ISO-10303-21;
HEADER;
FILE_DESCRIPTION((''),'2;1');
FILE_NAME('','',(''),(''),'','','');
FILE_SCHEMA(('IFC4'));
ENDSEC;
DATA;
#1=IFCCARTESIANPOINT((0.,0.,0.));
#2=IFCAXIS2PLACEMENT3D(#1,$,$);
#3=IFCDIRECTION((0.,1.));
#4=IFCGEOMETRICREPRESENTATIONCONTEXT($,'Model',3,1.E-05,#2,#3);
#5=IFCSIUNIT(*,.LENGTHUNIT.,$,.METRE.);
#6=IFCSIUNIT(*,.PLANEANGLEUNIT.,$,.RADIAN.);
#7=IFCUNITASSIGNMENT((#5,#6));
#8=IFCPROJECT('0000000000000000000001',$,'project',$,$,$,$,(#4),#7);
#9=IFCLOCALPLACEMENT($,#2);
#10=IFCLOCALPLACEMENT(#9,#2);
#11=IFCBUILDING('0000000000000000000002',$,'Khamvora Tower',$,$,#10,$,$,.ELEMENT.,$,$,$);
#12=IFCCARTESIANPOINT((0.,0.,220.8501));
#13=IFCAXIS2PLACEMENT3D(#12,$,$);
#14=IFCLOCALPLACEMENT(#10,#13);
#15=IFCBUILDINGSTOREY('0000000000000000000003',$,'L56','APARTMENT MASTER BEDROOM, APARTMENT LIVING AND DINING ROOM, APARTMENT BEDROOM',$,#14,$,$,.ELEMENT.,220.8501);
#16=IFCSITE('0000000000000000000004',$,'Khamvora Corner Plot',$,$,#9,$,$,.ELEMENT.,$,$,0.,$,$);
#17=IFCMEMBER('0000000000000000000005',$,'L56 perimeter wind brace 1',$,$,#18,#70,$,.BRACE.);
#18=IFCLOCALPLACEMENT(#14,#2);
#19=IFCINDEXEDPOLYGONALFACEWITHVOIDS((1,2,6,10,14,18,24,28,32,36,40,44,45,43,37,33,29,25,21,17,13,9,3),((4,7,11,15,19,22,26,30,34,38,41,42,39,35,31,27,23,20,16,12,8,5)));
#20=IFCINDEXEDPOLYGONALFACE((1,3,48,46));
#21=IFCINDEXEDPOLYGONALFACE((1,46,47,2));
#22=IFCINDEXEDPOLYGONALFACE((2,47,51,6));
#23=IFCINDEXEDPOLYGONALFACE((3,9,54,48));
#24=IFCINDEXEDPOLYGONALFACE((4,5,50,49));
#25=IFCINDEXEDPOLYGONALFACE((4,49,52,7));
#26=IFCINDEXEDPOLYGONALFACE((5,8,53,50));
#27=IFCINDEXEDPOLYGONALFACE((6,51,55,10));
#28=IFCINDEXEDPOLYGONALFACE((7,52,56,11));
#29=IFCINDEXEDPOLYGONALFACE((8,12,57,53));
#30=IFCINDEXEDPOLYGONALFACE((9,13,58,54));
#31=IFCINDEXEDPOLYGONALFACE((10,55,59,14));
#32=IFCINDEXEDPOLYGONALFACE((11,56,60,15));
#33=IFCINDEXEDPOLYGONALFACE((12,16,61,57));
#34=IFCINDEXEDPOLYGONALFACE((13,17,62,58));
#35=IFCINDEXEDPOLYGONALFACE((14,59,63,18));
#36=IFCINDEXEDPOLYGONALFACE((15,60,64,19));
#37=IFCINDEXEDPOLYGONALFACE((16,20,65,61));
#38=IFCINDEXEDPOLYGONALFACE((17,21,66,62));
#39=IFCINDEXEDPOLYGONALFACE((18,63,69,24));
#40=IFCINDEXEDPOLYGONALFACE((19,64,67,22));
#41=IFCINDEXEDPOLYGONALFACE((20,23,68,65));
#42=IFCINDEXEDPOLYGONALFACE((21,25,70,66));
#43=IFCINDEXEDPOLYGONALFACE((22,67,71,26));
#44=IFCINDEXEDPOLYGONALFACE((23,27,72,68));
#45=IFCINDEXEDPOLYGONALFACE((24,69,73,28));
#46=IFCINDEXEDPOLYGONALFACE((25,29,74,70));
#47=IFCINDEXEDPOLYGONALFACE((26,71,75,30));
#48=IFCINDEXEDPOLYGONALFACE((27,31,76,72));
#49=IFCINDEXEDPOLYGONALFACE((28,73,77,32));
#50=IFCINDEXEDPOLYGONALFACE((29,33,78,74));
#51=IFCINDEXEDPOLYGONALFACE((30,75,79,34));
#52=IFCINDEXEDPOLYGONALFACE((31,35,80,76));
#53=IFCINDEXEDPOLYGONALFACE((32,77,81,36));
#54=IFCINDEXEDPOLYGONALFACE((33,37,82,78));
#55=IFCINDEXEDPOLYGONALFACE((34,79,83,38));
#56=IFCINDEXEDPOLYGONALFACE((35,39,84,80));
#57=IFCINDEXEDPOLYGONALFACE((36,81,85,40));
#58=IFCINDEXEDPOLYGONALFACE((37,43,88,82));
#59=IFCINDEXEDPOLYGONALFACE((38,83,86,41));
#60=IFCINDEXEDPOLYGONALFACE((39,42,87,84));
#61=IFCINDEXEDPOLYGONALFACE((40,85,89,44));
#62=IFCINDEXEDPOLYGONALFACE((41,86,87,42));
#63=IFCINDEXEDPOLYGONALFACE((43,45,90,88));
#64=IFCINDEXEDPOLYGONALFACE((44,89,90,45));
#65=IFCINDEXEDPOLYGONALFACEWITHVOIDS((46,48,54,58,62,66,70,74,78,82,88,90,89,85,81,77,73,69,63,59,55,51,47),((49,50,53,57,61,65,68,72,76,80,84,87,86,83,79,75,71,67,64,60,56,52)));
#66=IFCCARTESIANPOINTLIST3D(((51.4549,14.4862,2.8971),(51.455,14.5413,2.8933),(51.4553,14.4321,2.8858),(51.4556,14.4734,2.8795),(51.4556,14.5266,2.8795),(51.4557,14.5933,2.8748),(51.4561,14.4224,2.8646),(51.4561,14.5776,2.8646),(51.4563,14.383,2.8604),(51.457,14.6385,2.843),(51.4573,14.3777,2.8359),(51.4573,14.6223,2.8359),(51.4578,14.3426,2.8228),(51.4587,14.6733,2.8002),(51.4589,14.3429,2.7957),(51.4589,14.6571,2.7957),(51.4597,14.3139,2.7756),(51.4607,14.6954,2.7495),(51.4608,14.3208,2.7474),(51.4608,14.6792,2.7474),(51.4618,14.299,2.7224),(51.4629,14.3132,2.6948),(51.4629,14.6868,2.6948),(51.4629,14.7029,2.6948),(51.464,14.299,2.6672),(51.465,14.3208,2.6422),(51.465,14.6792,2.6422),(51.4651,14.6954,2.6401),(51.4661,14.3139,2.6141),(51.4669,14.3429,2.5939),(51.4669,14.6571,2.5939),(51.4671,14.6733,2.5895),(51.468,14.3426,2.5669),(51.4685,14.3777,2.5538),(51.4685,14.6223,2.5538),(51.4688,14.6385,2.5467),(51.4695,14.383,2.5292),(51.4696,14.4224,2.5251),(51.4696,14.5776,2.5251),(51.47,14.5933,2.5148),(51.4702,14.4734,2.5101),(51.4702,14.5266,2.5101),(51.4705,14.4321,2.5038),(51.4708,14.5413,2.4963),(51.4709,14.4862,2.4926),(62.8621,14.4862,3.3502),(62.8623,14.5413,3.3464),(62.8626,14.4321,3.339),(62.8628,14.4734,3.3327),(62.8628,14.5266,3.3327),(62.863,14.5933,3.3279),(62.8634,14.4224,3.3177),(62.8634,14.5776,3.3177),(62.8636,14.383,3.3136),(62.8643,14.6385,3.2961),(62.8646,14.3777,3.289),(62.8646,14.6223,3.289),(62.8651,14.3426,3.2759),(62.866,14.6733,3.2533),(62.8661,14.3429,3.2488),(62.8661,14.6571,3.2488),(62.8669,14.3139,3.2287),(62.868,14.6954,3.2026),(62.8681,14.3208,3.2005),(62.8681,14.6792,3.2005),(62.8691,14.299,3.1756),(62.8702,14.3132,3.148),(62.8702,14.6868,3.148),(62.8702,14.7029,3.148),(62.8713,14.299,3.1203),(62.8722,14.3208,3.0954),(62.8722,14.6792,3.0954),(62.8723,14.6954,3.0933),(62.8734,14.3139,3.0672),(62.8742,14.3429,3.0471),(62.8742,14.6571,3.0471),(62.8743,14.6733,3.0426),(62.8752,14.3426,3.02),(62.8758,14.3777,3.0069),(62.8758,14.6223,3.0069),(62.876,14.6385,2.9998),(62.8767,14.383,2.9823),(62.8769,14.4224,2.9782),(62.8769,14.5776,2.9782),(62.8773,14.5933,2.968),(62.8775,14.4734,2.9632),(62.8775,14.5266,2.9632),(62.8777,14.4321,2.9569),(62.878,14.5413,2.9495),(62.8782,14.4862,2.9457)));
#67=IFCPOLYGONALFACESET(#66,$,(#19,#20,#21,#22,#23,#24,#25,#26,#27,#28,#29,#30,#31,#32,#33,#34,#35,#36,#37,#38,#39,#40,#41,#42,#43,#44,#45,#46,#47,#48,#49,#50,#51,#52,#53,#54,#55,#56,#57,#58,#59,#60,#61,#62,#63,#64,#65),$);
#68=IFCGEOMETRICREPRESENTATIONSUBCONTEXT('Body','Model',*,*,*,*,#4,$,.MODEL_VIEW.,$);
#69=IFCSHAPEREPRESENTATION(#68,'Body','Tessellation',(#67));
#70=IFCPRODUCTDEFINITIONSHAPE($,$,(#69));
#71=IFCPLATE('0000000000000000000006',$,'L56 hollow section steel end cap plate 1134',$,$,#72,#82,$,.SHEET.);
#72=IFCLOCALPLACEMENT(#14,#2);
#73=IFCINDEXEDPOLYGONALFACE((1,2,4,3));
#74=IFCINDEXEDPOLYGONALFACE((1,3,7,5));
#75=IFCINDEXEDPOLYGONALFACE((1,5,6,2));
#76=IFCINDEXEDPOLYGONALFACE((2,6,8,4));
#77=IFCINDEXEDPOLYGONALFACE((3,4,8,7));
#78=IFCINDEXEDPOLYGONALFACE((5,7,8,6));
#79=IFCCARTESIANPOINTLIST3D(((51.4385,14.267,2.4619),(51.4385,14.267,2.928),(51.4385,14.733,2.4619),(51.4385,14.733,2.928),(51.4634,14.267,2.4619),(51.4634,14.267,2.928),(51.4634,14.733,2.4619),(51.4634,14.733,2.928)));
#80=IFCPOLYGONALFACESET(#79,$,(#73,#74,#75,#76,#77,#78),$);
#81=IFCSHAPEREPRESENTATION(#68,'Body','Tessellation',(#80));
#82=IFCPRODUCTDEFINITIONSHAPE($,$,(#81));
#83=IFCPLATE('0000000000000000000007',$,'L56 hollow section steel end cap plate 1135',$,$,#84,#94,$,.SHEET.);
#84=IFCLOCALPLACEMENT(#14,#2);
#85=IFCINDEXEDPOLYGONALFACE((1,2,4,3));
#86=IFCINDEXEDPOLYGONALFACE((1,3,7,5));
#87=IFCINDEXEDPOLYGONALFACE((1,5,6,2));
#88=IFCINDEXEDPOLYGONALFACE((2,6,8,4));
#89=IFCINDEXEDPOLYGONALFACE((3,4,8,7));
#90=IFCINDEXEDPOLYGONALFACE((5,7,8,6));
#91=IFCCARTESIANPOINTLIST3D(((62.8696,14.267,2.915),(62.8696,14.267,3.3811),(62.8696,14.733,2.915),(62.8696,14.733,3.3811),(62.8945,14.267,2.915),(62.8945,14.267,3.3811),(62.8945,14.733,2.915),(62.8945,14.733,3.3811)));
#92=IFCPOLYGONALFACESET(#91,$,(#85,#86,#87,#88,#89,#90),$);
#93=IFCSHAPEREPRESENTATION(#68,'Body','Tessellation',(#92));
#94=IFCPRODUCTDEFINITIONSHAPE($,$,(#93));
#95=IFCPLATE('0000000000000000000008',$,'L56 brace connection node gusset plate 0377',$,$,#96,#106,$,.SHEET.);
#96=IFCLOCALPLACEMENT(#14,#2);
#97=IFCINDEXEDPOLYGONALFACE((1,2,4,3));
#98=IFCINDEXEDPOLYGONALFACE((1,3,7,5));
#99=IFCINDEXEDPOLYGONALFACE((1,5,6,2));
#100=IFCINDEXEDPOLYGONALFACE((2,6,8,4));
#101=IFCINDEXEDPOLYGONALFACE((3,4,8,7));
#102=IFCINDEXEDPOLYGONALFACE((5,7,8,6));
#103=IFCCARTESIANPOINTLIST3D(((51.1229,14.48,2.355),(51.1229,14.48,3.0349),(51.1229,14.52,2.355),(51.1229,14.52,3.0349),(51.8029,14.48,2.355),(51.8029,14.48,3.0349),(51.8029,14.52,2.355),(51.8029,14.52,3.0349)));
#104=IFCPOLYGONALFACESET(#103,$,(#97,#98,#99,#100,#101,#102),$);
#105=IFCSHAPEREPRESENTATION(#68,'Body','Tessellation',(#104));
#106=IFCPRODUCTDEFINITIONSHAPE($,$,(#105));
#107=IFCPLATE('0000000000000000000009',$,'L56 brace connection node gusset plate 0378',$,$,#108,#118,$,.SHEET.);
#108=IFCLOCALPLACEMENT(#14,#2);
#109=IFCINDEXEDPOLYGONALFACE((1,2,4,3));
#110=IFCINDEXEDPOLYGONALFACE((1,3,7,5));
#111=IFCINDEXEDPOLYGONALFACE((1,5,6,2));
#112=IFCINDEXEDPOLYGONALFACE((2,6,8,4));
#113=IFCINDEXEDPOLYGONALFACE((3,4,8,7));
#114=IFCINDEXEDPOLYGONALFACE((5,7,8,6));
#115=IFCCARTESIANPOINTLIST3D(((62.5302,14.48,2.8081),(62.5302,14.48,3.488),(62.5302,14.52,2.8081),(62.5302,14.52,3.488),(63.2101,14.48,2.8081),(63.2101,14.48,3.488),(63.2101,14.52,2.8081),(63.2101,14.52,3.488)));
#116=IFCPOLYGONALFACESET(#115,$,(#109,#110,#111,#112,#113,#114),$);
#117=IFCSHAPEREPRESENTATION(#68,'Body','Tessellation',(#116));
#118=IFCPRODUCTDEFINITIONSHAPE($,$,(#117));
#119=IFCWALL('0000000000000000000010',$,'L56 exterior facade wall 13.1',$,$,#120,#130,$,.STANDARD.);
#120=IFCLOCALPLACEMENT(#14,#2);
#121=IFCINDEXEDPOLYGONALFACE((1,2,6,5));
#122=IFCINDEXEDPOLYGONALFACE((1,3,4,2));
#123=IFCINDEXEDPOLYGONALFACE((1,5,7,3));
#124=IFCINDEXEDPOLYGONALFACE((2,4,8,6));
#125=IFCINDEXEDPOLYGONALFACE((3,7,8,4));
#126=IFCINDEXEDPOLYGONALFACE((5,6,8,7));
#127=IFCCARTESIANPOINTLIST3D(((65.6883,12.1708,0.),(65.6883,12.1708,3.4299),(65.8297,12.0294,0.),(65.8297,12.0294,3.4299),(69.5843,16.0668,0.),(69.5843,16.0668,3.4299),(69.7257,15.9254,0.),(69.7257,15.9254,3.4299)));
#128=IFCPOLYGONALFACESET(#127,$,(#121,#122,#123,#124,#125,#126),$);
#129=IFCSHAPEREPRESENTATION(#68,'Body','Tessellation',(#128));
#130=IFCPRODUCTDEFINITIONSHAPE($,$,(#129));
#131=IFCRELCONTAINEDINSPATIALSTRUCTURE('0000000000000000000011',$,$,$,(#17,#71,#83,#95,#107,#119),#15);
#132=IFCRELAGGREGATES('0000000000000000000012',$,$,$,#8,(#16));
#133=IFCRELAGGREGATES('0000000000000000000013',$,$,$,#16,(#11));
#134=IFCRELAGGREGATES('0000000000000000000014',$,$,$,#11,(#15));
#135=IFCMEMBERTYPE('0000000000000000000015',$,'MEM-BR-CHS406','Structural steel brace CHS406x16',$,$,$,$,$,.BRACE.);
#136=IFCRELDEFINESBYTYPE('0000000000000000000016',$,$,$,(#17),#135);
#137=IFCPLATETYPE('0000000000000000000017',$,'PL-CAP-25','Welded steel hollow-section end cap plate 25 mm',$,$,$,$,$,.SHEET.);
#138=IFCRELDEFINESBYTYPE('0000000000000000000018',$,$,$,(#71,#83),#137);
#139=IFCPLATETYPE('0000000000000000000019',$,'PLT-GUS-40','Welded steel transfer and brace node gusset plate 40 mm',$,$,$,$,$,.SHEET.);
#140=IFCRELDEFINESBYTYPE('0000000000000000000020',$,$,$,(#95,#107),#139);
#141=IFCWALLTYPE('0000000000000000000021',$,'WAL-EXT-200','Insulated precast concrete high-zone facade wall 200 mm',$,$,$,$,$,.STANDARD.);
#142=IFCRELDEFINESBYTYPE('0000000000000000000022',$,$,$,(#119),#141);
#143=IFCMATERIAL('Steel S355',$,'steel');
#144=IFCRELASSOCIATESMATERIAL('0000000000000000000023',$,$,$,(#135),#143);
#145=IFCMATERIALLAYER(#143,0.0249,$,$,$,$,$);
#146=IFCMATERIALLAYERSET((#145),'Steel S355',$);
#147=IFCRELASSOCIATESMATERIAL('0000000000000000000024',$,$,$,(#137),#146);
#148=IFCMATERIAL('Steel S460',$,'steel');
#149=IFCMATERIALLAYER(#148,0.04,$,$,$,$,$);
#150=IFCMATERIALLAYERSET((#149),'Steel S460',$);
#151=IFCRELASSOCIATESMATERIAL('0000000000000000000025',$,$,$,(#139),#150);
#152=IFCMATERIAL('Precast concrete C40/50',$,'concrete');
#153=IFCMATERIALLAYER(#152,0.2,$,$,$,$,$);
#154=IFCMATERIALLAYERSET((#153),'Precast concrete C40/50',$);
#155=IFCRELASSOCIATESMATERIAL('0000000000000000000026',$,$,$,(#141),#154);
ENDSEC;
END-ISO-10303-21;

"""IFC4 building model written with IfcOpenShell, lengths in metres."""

from ifc_helpers import new_model, si_unit, direction, frame, frame_2d, origin, origin_2d, place, context, subcontext, project, spatial, rectangle, hollow_circle, extrude, material, layer, layer_set, material_profile, profile_set, type_object, element, save


model = new_model("IFC4")

# Units and contexts
model_context = context("Model", 3, precision=1e-05, world=origin(), true_north=direction((0.0, 1.0)))
body_context = subcontext(model_context, "Body", "Model", "MODEL_VIEW")
ifc_project = project(units=[si_unit("LENGTHUNIT", "METRE"), si_unit("PLANEANGLEUNIT", "RADIAN")], contexts=[model_context])

# Site, building, storey
site_placement = place(None, origin())
site = spatial("IfcSite", under=ifc_project, at=site_placement, Name="Khamvora Corner Plot", CompositionType="ELEMENT", RefElevation=0.0)
building_placement = place(site_placement, origin())
building = spatial("IfcBuilding", under=site, at=building_placement, Name="Khamvora Tower", CompositionType="ELEMENT")
storey_placement = place(building_placement, frame((0.0, 0.0, 220.8501)))
storey = spatial("IfcBuildingStorey", under=building, at=storey_placement, Name="L56", Description="APARTMENT MASTER BEDROOM, APARTMENT LIVING AND DINING ROOM, APARTMENT BEDROOM", CompositionType="ELEMENT", Elevation=220.8501)

# Shared definitions
ifc_material_1 = material(Name="Steel S355", Category="steel")

# Member
ifc_material_profile_1 = material_profile(ifc_material_1, hollow_circle(Radius=0.2029, WallThickness=0.0161, at=origin_2d()), Name="CHS406x16")
ifc_profile_set_1 = profile_set([ifc_material_profile_1], Name="Steel S355")
member_type = type_object("IfcMemberType", Name="MEM-BR-CHS406", Description="Structural steel brace CHS406x16", PredefinedType="BRACE", material=ifc_profile_set_1)
member_placement = place(storey_placement, frame((51.4629, 14.5, 2.6948), z_axis=(0.999212, 0.0, 0.039691), x_axis=(0.0, 1.0, 0.0)))
element("IfcMember", 1, at=member_placement, inside=storey, type_object=member_type, Name="L56 perimeter wind brace 1", PredefinedType="BRACE", context=body_context, shape_type="SweptSolid", body=[
    extrude(hollow_circle(Radius=0.2029, WallThickness=0.0161, at=origin_2d()), origin(), (0.0, 0.0, 1.0), 11.4163),
])

# Plates
ifc_layer_1 = layer(ifc_material_1, 0.0249)
ifc_layer_set_1 = layer_set([ifc_layer_1], Name="Steel S355")
plate_type_1 = type_object("IfcPlateType", Name="PL-CAP-25", Description="Welded steel hollow-section end cap plate 25 mm", PredefinedType="SHEET", material=ifc_layer_set_1)
for number, where, z_axis, x_axis, name in (
    (2, (51.4509, 14.5, 2.4619), (0.0, 0.0, 1.0), (1.0, 0.0, 0.0), "L56 hollow section steel end cap plate 1134"),
    (3, (62.8821, 14.5, 2.915), (0.0, 0.0, 1.0), (1.0, 0.0, 0.0), "L56 hollow section steel end cap plate 1135"),
):
    element("IfcPlate", number, at=place(storey_placement, frame(where, z_axis=z_axis, x_axis=x_axis)), inside=storey, type_object=plate_type_1, Name=name, PredefinedType="SHEET", context=body_context, shape_type="SweptSolid", body=[
        extrude(rectangle(XDim=0.0249, YDim=0.4661, at=origin_2d()), origin(), (0.0, 0.0, 1.0), 0.4661),
    ])
ifc_material_2 = material(Name="Steel S460", Category="steel")
ifc_layer_2 = layer(ifc_material_2, 0.04)
ifc_layer_set_2 = layer_set([ifc_layer_2], Name="Steel S460")
plate_type_2 = type_object("IfcPlateType", Name="PLT-GUS-40", Description="Welded steel transfer and brace node gusset plate 40 mm", PredefinedType="SHEET", material=ifc_layer_set_2)
for number, where, z_axis, x_axis, name in (
    (4, (51.4629, 14.5, 2.355), (0.0, 0.0, 1.0), (1.0, 0.0, 0.0), "L56 brace connection node gusset plate 0377"),
    (5, (62.8701, 14.5, 2.8081), (0.0, 0.0, 1.0), (1.0, 0.0, 0.0), "L56 brace connection node gusset plate 0378"),
):
    element("IfcPlate", number, at=place(storey_placement, frame(where, z_axis=z_axis, x_axis=x_axis)), inside=storey, type_object=plate_type_2, Name=name, PredefinedType="SHEET", context=body_context, shape_type="SweptSolid", body=[
        extrude(rectangle(XDim=0.6799, YDim=0.04, at=origin_2d()), origin(), (0.0, 0.0, 1.0), 0.6799),
    ])

# Wall
ifc_material_3 = material(Name="Precast concrete C40/50", Category="concrete")
ifc_layer_3 = layer(ifc_material_3, 0.2)
ifc_layer_set_3 = layer_set([ifc_layer_3], Name="Precast concrete C40/50")
wall_type_1 = type_object("IfcWallType", Name="WAL-EXT-200", Description="Insulated precast concrete high-zone facade wall 200 mm", PredefinedType="STANDARD", material=ifc_layer_set_3)
wall_1_placement = place(storey_placement, frame((69.655, 15.9961, 0.0), z_axis=(0.0, 0.0, 1.0), x_axis=(-0.707107, -0.707107, 0.0)))
element("IfcWall", 6, at=wall_1_placement, inside=storey, type_object=wall_type_1, Name="L56 exterior facade wall 13.1", PredefinedType="STANDARD", context=body_context, shape_type="SweptSolid", body=[
    extrude(rectangle(XDim=5.5098, YDim=0.2, at=frame_2d((2.7549, 0.0))), origin(), (0.0, 0.0, 1.0), 3.4299),
])

save(model, "model.ifc")
